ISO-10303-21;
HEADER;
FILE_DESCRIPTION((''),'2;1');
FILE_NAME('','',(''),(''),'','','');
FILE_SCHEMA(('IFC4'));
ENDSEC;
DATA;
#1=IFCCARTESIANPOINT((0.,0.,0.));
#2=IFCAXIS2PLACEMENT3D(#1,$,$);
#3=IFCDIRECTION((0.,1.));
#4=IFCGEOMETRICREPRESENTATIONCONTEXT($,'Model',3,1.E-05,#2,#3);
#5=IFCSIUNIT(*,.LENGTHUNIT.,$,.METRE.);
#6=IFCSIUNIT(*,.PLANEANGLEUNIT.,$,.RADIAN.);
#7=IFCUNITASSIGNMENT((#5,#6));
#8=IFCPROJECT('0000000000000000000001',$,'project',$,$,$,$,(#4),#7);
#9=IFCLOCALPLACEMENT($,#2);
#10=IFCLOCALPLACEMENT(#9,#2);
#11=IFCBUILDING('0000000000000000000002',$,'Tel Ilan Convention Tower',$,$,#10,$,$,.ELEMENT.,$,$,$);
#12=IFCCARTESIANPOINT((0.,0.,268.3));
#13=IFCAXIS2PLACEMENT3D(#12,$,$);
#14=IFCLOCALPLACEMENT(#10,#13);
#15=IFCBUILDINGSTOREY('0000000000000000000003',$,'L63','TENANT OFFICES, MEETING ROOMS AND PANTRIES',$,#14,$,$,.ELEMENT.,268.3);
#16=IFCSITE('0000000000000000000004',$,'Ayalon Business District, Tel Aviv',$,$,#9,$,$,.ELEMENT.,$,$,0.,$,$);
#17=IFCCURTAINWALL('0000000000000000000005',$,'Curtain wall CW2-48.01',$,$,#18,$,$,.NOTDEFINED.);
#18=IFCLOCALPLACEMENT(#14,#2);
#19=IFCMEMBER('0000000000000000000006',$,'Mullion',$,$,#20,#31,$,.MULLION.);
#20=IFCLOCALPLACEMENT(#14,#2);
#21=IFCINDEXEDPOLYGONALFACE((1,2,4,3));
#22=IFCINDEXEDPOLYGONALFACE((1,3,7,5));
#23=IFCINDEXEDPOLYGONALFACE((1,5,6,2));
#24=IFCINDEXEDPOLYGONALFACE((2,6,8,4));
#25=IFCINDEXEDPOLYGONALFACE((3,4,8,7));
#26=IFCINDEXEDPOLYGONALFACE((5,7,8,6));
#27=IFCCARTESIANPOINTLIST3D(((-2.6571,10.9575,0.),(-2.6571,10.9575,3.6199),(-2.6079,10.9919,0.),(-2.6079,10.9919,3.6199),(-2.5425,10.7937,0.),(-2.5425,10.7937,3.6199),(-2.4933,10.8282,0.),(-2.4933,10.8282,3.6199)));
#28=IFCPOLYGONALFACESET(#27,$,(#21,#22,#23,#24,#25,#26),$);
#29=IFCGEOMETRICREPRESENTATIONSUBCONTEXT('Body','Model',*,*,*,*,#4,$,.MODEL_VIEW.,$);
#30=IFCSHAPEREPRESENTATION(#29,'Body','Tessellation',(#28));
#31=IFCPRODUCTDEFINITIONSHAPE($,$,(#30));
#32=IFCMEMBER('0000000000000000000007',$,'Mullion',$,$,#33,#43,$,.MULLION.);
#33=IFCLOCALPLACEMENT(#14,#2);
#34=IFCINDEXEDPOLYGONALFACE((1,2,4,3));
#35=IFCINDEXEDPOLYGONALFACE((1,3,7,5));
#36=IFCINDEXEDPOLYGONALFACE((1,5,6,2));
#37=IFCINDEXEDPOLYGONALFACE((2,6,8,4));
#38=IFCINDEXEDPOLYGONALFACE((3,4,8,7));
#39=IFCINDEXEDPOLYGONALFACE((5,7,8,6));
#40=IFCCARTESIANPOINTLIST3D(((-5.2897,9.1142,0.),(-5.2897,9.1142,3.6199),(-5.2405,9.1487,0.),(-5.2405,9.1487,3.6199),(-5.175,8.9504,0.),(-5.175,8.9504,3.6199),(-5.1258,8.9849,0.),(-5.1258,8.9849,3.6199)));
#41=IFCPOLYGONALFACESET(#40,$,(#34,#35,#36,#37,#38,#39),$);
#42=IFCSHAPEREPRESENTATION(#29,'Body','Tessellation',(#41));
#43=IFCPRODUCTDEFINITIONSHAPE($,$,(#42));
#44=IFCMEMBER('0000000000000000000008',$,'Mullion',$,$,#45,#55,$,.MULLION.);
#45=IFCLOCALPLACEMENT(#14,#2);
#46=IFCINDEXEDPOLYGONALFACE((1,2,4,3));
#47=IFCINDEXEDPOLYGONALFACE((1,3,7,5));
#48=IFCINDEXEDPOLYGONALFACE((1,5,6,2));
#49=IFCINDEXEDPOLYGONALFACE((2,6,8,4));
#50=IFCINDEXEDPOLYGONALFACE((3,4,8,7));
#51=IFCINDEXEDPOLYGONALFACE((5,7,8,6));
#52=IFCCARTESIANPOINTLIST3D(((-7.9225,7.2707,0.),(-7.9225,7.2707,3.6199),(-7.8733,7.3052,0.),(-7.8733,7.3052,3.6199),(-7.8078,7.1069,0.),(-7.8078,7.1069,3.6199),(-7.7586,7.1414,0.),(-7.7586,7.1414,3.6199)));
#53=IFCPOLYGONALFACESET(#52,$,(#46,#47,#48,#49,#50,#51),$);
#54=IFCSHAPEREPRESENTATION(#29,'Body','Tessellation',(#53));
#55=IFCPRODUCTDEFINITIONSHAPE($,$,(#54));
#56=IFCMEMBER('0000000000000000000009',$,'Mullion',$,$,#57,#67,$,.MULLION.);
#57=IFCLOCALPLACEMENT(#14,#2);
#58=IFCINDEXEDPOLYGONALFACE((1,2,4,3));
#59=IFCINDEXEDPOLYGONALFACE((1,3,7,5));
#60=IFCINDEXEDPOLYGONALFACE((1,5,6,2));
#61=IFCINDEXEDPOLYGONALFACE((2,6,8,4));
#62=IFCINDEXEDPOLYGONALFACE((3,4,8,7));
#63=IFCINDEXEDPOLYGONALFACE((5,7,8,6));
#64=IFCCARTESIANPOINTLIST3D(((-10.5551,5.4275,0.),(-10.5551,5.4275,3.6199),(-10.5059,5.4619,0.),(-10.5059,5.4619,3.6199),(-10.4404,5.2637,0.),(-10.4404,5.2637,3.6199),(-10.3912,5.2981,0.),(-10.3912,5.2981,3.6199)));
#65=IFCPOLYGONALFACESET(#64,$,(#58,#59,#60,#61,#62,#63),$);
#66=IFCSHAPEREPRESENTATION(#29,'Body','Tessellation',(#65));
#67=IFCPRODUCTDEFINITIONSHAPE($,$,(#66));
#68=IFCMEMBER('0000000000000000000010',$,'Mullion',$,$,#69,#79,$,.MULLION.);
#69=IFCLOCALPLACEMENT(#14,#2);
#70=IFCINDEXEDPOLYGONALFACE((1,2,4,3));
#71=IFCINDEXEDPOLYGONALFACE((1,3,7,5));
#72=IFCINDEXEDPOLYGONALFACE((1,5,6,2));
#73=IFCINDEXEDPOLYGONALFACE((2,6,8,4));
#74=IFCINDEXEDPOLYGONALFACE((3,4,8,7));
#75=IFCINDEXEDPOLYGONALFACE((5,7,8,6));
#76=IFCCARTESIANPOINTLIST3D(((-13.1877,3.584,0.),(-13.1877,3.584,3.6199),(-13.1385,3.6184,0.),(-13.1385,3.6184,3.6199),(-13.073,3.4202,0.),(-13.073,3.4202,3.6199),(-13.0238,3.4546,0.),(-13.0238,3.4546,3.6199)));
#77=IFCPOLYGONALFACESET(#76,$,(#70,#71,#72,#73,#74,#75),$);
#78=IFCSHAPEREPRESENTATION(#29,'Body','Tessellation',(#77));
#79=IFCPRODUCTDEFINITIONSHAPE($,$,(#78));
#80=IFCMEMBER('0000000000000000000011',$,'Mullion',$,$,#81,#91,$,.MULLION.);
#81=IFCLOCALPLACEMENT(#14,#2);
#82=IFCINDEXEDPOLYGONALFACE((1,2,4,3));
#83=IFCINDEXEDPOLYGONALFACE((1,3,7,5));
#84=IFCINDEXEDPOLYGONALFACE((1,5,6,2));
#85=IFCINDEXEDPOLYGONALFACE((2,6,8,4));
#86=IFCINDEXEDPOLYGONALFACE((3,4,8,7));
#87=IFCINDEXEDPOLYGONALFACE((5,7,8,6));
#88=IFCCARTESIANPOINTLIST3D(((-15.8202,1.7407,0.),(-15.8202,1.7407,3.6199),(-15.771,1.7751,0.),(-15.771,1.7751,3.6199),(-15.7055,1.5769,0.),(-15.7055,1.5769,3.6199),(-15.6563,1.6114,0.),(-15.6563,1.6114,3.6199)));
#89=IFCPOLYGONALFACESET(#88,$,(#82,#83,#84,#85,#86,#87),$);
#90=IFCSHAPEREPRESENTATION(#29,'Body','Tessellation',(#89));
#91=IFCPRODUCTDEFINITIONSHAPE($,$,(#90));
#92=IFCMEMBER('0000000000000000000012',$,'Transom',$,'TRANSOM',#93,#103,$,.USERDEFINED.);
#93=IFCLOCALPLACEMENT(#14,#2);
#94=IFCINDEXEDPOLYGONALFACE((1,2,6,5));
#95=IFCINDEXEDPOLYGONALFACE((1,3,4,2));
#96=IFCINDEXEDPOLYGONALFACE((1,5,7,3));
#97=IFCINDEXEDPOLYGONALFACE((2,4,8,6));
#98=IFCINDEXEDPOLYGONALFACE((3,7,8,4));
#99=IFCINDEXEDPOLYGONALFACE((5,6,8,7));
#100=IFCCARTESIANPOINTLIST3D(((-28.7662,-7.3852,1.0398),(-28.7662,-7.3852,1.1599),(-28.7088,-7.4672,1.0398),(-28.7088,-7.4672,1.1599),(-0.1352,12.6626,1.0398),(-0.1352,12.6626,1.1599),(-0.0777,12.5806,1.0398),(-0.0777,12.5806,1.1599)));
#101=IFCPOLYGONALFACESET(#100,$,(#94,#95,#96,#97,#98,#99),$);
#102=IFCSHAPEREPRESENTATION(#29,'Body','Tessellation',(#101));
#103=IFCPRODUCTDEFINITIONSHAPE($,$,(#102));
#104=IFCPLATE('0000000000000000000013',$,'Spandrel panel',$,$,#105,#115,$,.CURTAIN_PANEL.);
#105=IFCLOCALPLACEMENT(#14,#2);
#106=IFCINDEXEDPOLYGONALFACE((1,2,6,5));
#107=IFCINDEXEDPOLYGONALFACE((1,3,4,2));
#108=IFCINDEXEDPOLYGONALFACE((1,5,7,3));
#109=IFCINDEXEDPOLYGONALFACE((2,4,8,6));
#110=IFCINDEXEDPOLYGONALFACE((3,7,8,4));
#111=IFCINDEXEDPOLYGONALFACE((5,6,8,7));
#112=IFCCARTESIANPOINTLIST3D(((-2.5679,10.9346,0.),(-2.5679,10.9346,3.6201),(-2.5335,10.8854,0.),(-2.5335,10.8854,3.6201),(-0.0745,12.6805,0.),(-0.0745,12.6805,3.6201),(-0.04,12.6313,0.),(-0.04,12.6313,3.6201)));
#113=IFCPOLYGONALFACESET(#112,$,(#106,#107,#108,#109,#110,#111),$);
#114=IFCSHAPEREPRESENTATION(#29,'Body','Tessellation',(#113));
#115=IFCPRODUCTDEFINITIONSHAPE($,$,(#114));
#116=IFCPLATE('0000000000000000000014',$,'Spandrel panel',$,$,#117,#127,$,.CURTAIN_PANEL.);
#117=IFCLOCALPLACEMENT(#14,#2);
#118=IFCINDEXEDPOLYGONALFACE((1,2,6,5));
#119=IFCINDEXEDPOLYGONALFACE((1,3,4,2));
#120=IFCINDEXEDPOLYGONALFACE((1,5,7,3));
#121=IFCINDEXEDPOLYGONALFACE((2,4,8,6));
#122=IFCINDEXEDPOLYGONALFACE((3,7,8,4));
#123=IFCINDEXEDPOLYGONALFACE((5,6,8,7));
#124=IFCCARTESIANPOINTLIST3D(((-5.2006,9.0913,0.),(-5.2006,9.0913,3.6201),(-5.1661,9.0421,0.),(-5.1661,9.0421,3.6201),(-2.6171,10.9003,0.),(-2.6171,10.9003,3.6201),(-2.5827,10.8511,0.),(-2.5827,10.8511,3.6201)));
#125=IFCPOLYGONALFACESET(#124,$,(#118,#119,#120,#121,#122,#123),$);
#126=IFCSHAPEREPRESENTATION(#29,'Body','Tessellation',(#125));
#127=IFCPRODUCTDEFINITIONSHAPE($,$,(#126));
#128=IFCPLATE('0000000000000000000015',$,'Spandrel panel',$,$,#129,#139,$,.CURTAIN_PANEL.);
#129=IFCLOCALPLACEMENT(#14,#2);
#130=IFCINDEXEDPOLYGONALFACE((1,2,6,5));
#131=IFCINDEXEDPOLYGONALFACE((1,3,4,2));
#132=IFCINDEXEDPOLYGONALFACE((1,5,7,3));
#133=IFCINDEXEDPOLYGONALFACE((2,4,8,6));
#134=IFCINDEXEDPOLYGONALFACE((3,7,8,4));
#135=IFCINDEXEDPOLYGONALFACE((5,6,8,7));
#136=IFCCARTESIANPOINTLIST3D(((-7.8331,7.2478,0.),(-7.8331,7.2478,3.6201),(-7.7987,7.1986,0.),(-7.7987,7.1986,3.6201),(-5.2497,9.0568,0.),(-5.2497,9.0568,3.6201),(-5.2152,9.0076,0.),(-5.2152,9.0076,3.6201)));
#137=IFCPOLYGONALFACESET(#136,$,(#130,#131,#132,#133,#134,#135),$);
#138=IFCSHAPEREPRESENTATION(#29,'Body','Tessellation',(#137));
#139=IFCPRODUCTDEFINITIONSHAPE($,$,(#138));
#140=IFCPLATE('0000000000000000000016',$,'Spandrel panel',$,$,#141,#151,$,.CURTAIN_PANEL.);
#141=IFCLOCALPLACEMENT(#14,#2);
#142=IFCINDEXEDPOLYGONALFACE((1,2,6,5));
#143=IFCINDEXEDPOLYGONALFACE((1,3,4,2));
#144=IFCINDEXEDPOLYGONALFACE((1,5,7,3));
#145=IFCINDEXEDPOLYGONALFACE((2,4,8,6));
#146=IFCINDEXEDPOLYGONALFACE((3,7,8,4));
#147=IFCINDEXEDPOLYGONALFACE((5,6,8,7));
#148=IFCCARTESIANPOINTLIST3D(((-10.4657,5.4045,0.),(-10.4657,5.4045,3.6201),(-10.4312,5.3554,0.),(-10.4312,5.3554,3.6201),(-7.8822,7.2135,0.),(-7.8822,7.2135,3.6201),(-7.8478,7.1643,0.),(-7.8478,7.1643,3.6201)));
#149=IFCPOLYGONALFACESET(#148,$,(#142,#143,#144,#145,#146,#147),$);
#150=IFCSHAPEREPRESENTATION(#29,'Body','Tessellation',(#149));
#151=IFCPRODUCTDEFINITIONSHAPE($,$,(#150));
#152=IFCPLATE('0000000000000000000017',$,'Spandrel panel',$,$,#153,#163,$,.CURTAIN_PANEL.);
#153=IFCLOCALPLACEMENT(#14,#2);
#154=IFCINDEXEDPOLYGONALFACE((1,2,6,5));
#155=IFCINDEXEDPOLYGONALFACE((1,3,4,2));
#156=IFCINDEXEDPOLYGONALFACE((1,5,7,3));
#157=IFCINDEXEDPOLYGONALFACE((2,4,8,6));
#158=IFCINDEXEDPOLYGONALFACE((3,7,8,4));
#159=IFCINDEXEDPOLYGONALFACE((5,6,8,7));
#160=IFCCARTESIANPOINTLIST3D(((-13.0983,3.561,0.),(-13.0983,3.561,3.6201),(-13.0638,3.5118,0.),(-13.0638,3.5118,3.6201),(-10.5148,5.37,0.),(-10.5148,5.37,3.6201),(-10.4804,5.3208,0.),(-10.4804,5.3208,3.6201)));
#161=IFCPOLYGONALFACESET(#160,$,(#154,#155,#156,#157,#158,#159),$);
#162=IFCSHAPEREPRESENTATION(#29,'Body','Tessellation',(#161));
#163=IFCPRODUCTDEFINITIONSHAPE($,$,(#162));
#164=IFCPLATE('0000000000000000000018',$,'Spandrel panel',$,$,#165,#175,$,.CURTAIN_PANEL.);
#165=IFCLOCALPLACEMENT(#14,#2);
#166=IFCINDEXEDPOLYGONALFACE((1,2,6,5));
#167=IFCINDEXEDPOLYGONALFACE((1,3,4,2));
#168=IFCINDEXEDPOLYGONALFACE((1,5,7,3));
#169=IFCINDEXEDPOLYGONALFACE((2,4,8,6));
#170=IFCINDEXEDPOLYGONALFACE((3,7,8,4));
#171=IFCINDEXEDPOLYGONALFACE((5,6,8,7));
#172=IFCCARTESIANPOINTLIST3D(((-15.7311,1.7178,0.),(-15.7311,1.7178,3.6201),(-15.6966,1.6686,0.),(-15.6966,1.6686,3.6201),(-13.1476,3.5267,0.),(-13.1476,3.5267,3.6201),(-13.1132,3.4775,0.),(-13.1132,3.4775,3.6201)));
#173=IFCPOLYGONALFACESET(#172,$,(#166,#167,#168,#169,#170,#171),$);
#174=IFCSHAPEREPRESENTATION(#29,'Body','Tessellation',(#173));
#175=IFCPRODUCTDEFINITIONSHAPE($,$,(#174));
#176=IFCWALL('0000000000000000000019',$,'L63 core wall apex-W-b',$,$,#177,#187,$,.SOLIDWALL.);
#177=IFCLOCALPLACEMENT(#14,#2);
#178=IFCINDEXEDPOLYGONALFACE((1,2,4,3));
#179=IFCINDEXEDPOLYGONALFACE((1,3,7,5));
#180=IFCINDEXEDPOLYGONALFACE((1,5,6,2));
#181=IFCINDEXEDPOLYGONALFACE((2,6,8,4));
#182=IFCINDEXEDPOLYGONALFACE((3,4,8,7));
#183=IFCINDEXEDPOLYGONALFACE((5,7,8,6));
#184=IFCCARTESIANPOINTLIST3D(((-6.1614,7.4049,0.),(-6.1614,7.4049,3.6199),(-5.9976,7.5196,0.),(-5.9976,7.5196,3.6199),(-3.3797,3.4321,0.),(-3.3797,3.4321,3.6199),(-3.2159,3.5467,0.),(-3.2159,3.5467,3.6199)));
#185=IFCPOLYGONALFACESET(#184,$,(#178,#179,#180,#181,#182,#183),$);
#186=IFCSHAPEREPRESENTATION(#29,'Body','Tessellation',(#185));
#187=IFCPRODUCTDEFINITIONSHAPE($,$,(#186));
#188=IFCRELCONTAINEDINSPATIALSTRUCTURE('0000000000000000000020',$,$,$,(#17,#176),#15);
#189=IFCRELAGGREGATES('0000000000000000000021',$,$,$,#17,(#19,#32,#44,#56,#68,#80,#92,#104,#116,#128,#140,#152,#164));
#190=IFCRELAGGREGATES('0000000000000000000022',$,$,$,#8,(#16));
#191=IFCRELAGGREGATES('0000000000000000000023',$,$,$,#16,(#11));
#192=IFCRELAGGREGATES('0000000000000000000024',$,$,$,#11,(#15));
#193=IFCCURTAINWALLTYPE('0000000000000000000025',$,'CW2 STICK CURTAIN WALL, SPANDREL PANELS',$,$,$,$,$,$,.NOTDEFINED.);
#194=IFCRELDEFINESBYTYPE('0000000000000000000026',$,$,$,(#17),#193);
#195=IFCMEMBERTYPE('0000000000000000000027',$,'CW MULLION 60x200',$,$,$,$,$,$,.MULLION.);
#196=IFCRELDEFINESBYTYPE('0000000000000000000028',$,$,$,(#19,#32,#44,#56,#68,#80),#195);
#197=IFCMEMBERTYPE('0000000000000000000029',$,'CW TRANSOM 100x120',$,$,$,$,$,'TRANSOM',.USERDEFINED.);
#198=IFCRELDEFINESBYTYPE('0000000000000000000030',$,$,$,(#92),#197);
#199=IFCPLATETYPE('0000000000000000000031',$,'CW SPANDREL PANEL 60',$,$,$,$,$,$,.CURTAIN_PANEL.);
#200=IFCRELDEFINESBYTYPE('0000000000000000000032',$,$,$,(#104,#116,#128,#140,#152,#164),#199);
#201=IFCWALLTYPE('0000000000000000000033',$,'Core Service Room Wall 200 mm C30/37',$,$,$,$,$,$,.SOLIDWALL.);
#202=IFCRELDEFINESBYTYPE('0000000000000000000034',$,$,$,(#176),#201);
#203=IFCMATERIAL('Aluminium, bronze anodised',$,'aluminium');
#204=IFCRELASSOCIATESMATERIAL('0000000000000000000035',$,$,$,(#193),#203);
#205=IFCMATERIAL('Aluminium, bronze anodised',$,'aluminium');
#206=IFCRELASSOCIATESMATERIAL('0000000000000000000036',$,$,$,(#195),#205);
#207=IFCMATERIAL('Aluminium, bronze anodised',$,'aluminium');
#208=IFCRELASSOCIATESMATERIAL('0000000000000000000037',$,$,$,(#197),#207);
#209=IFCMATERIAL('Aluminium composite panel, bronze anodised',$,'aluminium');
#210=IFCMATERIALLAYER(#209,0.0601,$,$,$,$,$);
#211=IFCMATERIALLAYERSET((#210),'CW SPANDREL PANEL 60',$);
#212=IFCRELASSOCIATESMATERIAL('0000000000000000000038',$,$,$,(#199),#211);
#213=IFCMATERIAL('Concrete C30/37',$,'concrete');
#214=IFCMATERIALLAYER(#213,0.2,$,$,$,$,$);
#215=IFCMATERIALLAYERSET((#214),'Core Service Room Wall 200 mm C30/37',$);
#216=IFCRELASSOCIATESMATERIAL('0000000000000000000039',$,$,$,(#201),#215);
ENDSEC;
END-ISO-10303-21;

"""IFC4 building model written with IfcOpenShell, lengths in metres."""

from ifc_helpers import new_model, si_unit, direction, frame, frame_2d, origin, origin_2d, place, context, subcontext, project, spatial, rectangle, extrude, material, layer, layer_set, material_profile, profile_set, type_object, element, aggregate, save


model = new_model("IFC4")

# Units and contexts
model_context = context("Model", 3, precision=1e-05, world=origin(), true_north=direction((0.0, 1.0)))
body_context = subcontext(model_context, "Body", "Model", "MODEL_VIEW")
ifc_project = project(units=[si_unit("LENGTHUNIT", "METRE"), si_unit("PLANEANGLEUNIT", "RADIAN")], contexts=[model_context])

# Site, building, storey
site_placement = place(None, origin())
site = spatial("IfcSite", under=ifc_project, at=site_placement, Name="Ayalon Business District, Tel Aviv", CompositionType="ELEMENT", RefElevation=0.0)
building_placement = place(site_placement, origin())
building = spatial("IfcBuilding", under=site, at=building_placement, Name="Tel Ilan Convention Tower", CompositionType="ELEMENT")
storey_placement = place(building_placement, frame((0.0, 0.0, 268.3)))
storey = spatial("IfcBuildingStorey", under=building, at=storey_placement, Name="L63", Description="TENANT OFFICES, MEETING ROOMS AND PANTRIES", CompositionType="ELEMENT", Elevation=268.3)

# Curtain wall, members, plates
ifc_material_1 = material(Name="Aluminium, bronze anodised", Category="aluminium")
curtain_wall_type = type_object("IfcCurtainWallType", Name="CW2 STICK CURTAIN WALL, SPANDREL PANELS", PredefinedType="NOTDEFINED", material=ifc_material_1)
curtain_wall_placement = place(storey_placement, origin())
curtain_wall = element("IfcCurtainWall", 1, at=curtain_wall_placement, inside=storey, type_object=curtain_wall_type, Name="Curtain wall CW2-48.01", PredefinedType="NOTDEFINED")
ifc_material_2 = material(Name="Aluminium, bronze anodised", Category="aluminium")
ifc_material_profile_1 = material_profile(ifc_material_2, rectangle(XDim=0.0601, YDim=0.2, at=origin_2d()), Name="CW MULLION 60x200")
ifc_profile_set_1 = profile_set([ifc_material_profile_1], Name="Aluminium, bronze anodised")
member_type_1 = type_object("IfcMemberType", Name="CW MULLION 60x200", PredefinedType="MULLION", material=ifc_profile_set_1)
member_1_placement = place(storey_placement, frame((-2.5752, 10.8928, 0.0), z_axis=(0.0, 0.0, 1.0), x_axis=(-0.819152, -0.573576, 0.0)))
member_1 = element("IfcMember", 2, at=member_1_placement, type_object=member_type_1, Name="Mullion", PredefinedType="MULLION", context=body_context, shape_type="SweptSolid", body=[
    extrude(rectangle(XDim=0.0601, YDim=0.2, at=origin_2d()), origin(), (0.0, 0.0, 1.0), 3.6199),
])
member_2_placement = place(storey_placement, frame((-5.2078, 9.0496, 0.0), z_axis=(0.0, 0.0, 1.0), x_axis=(-0.819152, -0.573576, 0.0)))
member_2 = element("IfcMember", 3, at=member_2_placement, type_object=member_type_1, Name="Mullion", PredefinedType="MULLION", context=body_context, shape_type="SweptSolid", body=[
    extrude(rectangle(XDim=0.0601, YDim=0.2, at=origin_2d()), origin(), (0.0, 0.0, 1.0), 3.6199),
])
member_3_placement = place(storey_placement, frame((-7.8406, 7.2061, 0.0), z_axis=(0.0, 0.0, 1.0), x_axis=(-0.819152, -0.573576, 0.0)))
member_3 = element("IfcMember", 4, at=member_3_placement, type_object=member_type_1, Name="Mullion", PredefinedType="MULLION", context=body_context, shape_type="SweptSolid", body=[
    extrude(rectangle(XDim=0.0601, YDim=0.2, at=origin_2d()), origin(), (0.0, 0.0, 1.0), 3.6199),
])
member_4_placement = place(storey_placement, frame((-10.4731, 5.3628, 0.0), z_axis=(0.0, 0.0, 1.0), x_axis=(-0.819152, -0.573576, 0.0)))
member_4 = element("IfcMember", 5, at=member_4_placement, type_object=member_type_1, Name="Mullion", PredefinedType="MULLION", context=body_context, shape_type="SweptSolid", body=[
    extrude(rectangle(XDim=0.0601, YDim=0.2, at=origin_2d()), origin(), (0.0, 0.0, 1.0), 3.6199),
])
member_5_placement = place(storey_placement, frame((-13.1057, 3.5193, 0.0), z_axis=(0.0, 0.0, 1.0), x_axis=(-0.819152, -0.573576, 0.0)))
member_5 = element("IfcMember", 6, at=member_5_placement, type_object=member_type_1, Name="Mullion", PredefinedType="MULLION", context=body_context, shape_type="SweptSolid", body=[
    extrude(rectangle(XDim=0.0601, YDim=0.2, at=origin_2d()), origin(), (0.0, 0.0, 1.0), 3.6199),
])
member_6_placement = place(storey_placement, frame((-15.7383, 1.676, 0.0), z_axis=(0.0, 0.0, 1.0), x_axis=(-0.819152, -0.573576, 0.0)))
member_6 = element("IfcMember", 7, at=member_6_placement, type_object=member_type_1, Name="Mullion", PredefinedType="MULLION", context=body_context, shape_type="SweptSolid", body=[
    extrude(rectangle(XDim=0.0601, YDim=0.2, at=origin_2d()), origin(), (0.0, 0.0, 1.0), 3.6199),
])
ifc_material_3 = material(Name="Aluminium, bronze anodised", Category="aluminium")
ifc_material_profile_2 = material_profile(ifc_material_3, rectangle(XDim=0.1001, YDim=0.1201, at=origin_2d()), Name="CW TRANSOM 100x120")
ifc_profile_set_2 = profile_set([ifc_material_profile_2], Name="Aluminium, bronze anodised")
member_type_2 = type_object("IfcMemberType", Name="CW TRANSOM 100x120", ElementType="TRANSOM", PredefinedType="USERDEFINED", material=ifc_profile_set_2)
member_7_placement = place(storey_placement, frame((-0.1064, 12.6216, 1.0999), z_axis=(-0.81915, -0.573579, 0.0), x_axis=(0.573579, -0.81915, 0.0)))
member_7 = element("IfcMember", 8, at=member_7_placement, type_object=member_type_2, Name="Transom", ObjectType="TRANSOM", PredefinedType="USERDEFINED", context=body_context, shape_type="SweptSolid", body=[
    extrude(rectangle(XDim=0.1001, YDim=0.1201, at=origin_2d()), origin(), (0.0, 0.0, 1.0), 34.9521),
])
ifc_material_4 = material(Name="Aluminium composite panel, bronze anodised", Category="aluminium")
ifc_layer_1 = layer(ifc_material_4, 0.0601)
ifc_layer_set_1 = layer_set([ifc_layer_1], Name="CW SPANDREL PANEL 60")
plate_type = type_object("IfcPlateType", Name="CW SPANDREL PANEL 60", PredefinedType="CURTAIN_PANEL", material=ifc_layer_set_1)
plate_1_placement = place(storey_placement, frame((-1.304, 11.783, 0.0), z_axis=(0.0, 0.0, 1.0), x_axis=(-0.819152, -0.573576, 0.0)))
plate_1 = element("IfcPlate", 9, at=plate_1_placement, type_object=plate_type, Name="Spandrel panel", PredefinedType="CURTAIN_PANEL", context=body_context, shape_type="SweptSolid", body=[
    extrude(rectangle(XDim=3.0439, YDim=0.0601, at=origin_2d()), origin(), (0.0, 0.0, 1.0), 3.6201),
])
plate_2_placement = place(storey_placement, frame((-3.8916, 9.9712, 0.0), z_axis=(0.0, 0.0, 1.0), x_axis=(-0.819152, -0.573576, 0.0)))
plate_2 = element("IfcPlate", 10, at=plate_2_placement, type_object=plate_type, Name="Spandrel panel", PredefinedType="CURTAIN_PANEL", context=body_context, shape_type="SweptSolid", body=[
    extrude(rectangle(XDim=3.1538, YDim=0.0601, at=origin_2d()), origin(), (0.0, 0.0, 1.0), 3.6201),
])
plate_3_placement = place(storey_placement, frame((-6.5242, 8.1277, 0.0), z_axis=(0.0, 0.0, 1.0), x_axis=(-0.819152, -0.573576, 0.0)))
plate_3 = element("IfcPlate", 11, at=plate_3_placement, type_object=plate_type, Name="Spandrel panel", PredefinedType="CURTAIN_PANEL", context=body_context, shape_type="SweptSolid", body=[
    extrude(rectangle(XDim=3.1538, YDim=0.0601, at=origin_2d()), origin(), (0.0, 0.0, 1.0), 3.6201),
])
plate_4_placement = place(storey_placement, frame((-9.1567, 6.2844, 0.0), z_axis=(0.0, 0.0, 1.0), x_axis=(-0.819152, -0.573576, 0.0)))
plate_4 = element("IfcPlate", 12, at=plate_4_placement, type_object=plate_type, Name="Spandrel panel", PredefinedType="CURTAIN_PANEL", context=body_context, shape_type="SweptSolid", body=[
    extrude(rectangle(XDim=3.1538, YDim=0.0601, at=origin_2d()), origin(), (0.0, 0.0, 1.0), 3.6201),
])
plate_5_placement = place(storey_placement, frame((-11.7893, 4.4409, 0.0), z_axis=(0.0, 0.0, 1.0), x_axis=(-0.819152, -0.573576, 0.0)))
plate_5 = element("IfcPlate", 13, at=plate_5_placement, type_object=plate_type, Name="Spandrel panel", PredefinedType="CURTAIN_PANEL", context=body_context, shape_type="SweptSolid", body=[
    extrude(rectangle(XDim=3.1538, YDim=0.0601, at=origin_2d()), origin(), (0.0, 0.0, 1.0), 3.6201),
])
plate_6_placement = place(storey_placement, frame((-14.4221, 2.5977, 0.0), z_axis=(0.0, 0.0, 1.0), x_axis=(-0.819152, -0.573576, 0.0)))
plate_6 = element("IfcPlate", 14, at=plate_6_placement, type_object=plate_type, Name="Spandrel panel", PredefinedType="CURTAIN_PANEL", context=body_context, shape_type="SweptSolid", body=[
    extrude(rectangle(XDim=3.1538, YDim=0.0601, at=origin_2d()), origin(), (0.0, 0.0, 1.0), 3.6201),
])
aggregate(curtain_wall, [member_1, member_2, member_3, member_4, member_5, member_6, member_7, plate_1, plate_2, plate_3, plate_4, plate_5, plate_6])

# Wall
ifc_material_5 = material(Name="Concrete C30/37", Category="concrete")
ifc_layer_2 = layer(ifc_material_5, 0.2)
ifc_layer_set_2 = layer_set([ifc_layer_2], Name="Core Service Room Wall 200 mm C30/37")
wall_type_1 = type_object("IfcWallType", Name="Core Service Room Wall 200 mm C30/37", PredefinedType="SOLIDWALL", material=ifc_layer_set_2)
wall_1_placement = place(storey_placement, frame((-3.2979, 3.4895, 0.0), z_axis=(0.0, 0.0, 1.0), x_axis=(-0.57356, 0.819163, 0.0)))
element("IfcWall", 15, at=wall_1_placement, inside=storey, type_object=wall_type_1, Name="L63 core wall apex-W-b", PredefinedType="SOLIDWALL", context=body_context, shape_type="SweptSolid", body=[
    extrude(rectangle(XDim=4.8499, YDim=0.2, at=frame_2d((2.4248, 0.0))), origin(), (0.0, 0.0, 1.0), 3.6199),
])

save(model, "model.ifc")
